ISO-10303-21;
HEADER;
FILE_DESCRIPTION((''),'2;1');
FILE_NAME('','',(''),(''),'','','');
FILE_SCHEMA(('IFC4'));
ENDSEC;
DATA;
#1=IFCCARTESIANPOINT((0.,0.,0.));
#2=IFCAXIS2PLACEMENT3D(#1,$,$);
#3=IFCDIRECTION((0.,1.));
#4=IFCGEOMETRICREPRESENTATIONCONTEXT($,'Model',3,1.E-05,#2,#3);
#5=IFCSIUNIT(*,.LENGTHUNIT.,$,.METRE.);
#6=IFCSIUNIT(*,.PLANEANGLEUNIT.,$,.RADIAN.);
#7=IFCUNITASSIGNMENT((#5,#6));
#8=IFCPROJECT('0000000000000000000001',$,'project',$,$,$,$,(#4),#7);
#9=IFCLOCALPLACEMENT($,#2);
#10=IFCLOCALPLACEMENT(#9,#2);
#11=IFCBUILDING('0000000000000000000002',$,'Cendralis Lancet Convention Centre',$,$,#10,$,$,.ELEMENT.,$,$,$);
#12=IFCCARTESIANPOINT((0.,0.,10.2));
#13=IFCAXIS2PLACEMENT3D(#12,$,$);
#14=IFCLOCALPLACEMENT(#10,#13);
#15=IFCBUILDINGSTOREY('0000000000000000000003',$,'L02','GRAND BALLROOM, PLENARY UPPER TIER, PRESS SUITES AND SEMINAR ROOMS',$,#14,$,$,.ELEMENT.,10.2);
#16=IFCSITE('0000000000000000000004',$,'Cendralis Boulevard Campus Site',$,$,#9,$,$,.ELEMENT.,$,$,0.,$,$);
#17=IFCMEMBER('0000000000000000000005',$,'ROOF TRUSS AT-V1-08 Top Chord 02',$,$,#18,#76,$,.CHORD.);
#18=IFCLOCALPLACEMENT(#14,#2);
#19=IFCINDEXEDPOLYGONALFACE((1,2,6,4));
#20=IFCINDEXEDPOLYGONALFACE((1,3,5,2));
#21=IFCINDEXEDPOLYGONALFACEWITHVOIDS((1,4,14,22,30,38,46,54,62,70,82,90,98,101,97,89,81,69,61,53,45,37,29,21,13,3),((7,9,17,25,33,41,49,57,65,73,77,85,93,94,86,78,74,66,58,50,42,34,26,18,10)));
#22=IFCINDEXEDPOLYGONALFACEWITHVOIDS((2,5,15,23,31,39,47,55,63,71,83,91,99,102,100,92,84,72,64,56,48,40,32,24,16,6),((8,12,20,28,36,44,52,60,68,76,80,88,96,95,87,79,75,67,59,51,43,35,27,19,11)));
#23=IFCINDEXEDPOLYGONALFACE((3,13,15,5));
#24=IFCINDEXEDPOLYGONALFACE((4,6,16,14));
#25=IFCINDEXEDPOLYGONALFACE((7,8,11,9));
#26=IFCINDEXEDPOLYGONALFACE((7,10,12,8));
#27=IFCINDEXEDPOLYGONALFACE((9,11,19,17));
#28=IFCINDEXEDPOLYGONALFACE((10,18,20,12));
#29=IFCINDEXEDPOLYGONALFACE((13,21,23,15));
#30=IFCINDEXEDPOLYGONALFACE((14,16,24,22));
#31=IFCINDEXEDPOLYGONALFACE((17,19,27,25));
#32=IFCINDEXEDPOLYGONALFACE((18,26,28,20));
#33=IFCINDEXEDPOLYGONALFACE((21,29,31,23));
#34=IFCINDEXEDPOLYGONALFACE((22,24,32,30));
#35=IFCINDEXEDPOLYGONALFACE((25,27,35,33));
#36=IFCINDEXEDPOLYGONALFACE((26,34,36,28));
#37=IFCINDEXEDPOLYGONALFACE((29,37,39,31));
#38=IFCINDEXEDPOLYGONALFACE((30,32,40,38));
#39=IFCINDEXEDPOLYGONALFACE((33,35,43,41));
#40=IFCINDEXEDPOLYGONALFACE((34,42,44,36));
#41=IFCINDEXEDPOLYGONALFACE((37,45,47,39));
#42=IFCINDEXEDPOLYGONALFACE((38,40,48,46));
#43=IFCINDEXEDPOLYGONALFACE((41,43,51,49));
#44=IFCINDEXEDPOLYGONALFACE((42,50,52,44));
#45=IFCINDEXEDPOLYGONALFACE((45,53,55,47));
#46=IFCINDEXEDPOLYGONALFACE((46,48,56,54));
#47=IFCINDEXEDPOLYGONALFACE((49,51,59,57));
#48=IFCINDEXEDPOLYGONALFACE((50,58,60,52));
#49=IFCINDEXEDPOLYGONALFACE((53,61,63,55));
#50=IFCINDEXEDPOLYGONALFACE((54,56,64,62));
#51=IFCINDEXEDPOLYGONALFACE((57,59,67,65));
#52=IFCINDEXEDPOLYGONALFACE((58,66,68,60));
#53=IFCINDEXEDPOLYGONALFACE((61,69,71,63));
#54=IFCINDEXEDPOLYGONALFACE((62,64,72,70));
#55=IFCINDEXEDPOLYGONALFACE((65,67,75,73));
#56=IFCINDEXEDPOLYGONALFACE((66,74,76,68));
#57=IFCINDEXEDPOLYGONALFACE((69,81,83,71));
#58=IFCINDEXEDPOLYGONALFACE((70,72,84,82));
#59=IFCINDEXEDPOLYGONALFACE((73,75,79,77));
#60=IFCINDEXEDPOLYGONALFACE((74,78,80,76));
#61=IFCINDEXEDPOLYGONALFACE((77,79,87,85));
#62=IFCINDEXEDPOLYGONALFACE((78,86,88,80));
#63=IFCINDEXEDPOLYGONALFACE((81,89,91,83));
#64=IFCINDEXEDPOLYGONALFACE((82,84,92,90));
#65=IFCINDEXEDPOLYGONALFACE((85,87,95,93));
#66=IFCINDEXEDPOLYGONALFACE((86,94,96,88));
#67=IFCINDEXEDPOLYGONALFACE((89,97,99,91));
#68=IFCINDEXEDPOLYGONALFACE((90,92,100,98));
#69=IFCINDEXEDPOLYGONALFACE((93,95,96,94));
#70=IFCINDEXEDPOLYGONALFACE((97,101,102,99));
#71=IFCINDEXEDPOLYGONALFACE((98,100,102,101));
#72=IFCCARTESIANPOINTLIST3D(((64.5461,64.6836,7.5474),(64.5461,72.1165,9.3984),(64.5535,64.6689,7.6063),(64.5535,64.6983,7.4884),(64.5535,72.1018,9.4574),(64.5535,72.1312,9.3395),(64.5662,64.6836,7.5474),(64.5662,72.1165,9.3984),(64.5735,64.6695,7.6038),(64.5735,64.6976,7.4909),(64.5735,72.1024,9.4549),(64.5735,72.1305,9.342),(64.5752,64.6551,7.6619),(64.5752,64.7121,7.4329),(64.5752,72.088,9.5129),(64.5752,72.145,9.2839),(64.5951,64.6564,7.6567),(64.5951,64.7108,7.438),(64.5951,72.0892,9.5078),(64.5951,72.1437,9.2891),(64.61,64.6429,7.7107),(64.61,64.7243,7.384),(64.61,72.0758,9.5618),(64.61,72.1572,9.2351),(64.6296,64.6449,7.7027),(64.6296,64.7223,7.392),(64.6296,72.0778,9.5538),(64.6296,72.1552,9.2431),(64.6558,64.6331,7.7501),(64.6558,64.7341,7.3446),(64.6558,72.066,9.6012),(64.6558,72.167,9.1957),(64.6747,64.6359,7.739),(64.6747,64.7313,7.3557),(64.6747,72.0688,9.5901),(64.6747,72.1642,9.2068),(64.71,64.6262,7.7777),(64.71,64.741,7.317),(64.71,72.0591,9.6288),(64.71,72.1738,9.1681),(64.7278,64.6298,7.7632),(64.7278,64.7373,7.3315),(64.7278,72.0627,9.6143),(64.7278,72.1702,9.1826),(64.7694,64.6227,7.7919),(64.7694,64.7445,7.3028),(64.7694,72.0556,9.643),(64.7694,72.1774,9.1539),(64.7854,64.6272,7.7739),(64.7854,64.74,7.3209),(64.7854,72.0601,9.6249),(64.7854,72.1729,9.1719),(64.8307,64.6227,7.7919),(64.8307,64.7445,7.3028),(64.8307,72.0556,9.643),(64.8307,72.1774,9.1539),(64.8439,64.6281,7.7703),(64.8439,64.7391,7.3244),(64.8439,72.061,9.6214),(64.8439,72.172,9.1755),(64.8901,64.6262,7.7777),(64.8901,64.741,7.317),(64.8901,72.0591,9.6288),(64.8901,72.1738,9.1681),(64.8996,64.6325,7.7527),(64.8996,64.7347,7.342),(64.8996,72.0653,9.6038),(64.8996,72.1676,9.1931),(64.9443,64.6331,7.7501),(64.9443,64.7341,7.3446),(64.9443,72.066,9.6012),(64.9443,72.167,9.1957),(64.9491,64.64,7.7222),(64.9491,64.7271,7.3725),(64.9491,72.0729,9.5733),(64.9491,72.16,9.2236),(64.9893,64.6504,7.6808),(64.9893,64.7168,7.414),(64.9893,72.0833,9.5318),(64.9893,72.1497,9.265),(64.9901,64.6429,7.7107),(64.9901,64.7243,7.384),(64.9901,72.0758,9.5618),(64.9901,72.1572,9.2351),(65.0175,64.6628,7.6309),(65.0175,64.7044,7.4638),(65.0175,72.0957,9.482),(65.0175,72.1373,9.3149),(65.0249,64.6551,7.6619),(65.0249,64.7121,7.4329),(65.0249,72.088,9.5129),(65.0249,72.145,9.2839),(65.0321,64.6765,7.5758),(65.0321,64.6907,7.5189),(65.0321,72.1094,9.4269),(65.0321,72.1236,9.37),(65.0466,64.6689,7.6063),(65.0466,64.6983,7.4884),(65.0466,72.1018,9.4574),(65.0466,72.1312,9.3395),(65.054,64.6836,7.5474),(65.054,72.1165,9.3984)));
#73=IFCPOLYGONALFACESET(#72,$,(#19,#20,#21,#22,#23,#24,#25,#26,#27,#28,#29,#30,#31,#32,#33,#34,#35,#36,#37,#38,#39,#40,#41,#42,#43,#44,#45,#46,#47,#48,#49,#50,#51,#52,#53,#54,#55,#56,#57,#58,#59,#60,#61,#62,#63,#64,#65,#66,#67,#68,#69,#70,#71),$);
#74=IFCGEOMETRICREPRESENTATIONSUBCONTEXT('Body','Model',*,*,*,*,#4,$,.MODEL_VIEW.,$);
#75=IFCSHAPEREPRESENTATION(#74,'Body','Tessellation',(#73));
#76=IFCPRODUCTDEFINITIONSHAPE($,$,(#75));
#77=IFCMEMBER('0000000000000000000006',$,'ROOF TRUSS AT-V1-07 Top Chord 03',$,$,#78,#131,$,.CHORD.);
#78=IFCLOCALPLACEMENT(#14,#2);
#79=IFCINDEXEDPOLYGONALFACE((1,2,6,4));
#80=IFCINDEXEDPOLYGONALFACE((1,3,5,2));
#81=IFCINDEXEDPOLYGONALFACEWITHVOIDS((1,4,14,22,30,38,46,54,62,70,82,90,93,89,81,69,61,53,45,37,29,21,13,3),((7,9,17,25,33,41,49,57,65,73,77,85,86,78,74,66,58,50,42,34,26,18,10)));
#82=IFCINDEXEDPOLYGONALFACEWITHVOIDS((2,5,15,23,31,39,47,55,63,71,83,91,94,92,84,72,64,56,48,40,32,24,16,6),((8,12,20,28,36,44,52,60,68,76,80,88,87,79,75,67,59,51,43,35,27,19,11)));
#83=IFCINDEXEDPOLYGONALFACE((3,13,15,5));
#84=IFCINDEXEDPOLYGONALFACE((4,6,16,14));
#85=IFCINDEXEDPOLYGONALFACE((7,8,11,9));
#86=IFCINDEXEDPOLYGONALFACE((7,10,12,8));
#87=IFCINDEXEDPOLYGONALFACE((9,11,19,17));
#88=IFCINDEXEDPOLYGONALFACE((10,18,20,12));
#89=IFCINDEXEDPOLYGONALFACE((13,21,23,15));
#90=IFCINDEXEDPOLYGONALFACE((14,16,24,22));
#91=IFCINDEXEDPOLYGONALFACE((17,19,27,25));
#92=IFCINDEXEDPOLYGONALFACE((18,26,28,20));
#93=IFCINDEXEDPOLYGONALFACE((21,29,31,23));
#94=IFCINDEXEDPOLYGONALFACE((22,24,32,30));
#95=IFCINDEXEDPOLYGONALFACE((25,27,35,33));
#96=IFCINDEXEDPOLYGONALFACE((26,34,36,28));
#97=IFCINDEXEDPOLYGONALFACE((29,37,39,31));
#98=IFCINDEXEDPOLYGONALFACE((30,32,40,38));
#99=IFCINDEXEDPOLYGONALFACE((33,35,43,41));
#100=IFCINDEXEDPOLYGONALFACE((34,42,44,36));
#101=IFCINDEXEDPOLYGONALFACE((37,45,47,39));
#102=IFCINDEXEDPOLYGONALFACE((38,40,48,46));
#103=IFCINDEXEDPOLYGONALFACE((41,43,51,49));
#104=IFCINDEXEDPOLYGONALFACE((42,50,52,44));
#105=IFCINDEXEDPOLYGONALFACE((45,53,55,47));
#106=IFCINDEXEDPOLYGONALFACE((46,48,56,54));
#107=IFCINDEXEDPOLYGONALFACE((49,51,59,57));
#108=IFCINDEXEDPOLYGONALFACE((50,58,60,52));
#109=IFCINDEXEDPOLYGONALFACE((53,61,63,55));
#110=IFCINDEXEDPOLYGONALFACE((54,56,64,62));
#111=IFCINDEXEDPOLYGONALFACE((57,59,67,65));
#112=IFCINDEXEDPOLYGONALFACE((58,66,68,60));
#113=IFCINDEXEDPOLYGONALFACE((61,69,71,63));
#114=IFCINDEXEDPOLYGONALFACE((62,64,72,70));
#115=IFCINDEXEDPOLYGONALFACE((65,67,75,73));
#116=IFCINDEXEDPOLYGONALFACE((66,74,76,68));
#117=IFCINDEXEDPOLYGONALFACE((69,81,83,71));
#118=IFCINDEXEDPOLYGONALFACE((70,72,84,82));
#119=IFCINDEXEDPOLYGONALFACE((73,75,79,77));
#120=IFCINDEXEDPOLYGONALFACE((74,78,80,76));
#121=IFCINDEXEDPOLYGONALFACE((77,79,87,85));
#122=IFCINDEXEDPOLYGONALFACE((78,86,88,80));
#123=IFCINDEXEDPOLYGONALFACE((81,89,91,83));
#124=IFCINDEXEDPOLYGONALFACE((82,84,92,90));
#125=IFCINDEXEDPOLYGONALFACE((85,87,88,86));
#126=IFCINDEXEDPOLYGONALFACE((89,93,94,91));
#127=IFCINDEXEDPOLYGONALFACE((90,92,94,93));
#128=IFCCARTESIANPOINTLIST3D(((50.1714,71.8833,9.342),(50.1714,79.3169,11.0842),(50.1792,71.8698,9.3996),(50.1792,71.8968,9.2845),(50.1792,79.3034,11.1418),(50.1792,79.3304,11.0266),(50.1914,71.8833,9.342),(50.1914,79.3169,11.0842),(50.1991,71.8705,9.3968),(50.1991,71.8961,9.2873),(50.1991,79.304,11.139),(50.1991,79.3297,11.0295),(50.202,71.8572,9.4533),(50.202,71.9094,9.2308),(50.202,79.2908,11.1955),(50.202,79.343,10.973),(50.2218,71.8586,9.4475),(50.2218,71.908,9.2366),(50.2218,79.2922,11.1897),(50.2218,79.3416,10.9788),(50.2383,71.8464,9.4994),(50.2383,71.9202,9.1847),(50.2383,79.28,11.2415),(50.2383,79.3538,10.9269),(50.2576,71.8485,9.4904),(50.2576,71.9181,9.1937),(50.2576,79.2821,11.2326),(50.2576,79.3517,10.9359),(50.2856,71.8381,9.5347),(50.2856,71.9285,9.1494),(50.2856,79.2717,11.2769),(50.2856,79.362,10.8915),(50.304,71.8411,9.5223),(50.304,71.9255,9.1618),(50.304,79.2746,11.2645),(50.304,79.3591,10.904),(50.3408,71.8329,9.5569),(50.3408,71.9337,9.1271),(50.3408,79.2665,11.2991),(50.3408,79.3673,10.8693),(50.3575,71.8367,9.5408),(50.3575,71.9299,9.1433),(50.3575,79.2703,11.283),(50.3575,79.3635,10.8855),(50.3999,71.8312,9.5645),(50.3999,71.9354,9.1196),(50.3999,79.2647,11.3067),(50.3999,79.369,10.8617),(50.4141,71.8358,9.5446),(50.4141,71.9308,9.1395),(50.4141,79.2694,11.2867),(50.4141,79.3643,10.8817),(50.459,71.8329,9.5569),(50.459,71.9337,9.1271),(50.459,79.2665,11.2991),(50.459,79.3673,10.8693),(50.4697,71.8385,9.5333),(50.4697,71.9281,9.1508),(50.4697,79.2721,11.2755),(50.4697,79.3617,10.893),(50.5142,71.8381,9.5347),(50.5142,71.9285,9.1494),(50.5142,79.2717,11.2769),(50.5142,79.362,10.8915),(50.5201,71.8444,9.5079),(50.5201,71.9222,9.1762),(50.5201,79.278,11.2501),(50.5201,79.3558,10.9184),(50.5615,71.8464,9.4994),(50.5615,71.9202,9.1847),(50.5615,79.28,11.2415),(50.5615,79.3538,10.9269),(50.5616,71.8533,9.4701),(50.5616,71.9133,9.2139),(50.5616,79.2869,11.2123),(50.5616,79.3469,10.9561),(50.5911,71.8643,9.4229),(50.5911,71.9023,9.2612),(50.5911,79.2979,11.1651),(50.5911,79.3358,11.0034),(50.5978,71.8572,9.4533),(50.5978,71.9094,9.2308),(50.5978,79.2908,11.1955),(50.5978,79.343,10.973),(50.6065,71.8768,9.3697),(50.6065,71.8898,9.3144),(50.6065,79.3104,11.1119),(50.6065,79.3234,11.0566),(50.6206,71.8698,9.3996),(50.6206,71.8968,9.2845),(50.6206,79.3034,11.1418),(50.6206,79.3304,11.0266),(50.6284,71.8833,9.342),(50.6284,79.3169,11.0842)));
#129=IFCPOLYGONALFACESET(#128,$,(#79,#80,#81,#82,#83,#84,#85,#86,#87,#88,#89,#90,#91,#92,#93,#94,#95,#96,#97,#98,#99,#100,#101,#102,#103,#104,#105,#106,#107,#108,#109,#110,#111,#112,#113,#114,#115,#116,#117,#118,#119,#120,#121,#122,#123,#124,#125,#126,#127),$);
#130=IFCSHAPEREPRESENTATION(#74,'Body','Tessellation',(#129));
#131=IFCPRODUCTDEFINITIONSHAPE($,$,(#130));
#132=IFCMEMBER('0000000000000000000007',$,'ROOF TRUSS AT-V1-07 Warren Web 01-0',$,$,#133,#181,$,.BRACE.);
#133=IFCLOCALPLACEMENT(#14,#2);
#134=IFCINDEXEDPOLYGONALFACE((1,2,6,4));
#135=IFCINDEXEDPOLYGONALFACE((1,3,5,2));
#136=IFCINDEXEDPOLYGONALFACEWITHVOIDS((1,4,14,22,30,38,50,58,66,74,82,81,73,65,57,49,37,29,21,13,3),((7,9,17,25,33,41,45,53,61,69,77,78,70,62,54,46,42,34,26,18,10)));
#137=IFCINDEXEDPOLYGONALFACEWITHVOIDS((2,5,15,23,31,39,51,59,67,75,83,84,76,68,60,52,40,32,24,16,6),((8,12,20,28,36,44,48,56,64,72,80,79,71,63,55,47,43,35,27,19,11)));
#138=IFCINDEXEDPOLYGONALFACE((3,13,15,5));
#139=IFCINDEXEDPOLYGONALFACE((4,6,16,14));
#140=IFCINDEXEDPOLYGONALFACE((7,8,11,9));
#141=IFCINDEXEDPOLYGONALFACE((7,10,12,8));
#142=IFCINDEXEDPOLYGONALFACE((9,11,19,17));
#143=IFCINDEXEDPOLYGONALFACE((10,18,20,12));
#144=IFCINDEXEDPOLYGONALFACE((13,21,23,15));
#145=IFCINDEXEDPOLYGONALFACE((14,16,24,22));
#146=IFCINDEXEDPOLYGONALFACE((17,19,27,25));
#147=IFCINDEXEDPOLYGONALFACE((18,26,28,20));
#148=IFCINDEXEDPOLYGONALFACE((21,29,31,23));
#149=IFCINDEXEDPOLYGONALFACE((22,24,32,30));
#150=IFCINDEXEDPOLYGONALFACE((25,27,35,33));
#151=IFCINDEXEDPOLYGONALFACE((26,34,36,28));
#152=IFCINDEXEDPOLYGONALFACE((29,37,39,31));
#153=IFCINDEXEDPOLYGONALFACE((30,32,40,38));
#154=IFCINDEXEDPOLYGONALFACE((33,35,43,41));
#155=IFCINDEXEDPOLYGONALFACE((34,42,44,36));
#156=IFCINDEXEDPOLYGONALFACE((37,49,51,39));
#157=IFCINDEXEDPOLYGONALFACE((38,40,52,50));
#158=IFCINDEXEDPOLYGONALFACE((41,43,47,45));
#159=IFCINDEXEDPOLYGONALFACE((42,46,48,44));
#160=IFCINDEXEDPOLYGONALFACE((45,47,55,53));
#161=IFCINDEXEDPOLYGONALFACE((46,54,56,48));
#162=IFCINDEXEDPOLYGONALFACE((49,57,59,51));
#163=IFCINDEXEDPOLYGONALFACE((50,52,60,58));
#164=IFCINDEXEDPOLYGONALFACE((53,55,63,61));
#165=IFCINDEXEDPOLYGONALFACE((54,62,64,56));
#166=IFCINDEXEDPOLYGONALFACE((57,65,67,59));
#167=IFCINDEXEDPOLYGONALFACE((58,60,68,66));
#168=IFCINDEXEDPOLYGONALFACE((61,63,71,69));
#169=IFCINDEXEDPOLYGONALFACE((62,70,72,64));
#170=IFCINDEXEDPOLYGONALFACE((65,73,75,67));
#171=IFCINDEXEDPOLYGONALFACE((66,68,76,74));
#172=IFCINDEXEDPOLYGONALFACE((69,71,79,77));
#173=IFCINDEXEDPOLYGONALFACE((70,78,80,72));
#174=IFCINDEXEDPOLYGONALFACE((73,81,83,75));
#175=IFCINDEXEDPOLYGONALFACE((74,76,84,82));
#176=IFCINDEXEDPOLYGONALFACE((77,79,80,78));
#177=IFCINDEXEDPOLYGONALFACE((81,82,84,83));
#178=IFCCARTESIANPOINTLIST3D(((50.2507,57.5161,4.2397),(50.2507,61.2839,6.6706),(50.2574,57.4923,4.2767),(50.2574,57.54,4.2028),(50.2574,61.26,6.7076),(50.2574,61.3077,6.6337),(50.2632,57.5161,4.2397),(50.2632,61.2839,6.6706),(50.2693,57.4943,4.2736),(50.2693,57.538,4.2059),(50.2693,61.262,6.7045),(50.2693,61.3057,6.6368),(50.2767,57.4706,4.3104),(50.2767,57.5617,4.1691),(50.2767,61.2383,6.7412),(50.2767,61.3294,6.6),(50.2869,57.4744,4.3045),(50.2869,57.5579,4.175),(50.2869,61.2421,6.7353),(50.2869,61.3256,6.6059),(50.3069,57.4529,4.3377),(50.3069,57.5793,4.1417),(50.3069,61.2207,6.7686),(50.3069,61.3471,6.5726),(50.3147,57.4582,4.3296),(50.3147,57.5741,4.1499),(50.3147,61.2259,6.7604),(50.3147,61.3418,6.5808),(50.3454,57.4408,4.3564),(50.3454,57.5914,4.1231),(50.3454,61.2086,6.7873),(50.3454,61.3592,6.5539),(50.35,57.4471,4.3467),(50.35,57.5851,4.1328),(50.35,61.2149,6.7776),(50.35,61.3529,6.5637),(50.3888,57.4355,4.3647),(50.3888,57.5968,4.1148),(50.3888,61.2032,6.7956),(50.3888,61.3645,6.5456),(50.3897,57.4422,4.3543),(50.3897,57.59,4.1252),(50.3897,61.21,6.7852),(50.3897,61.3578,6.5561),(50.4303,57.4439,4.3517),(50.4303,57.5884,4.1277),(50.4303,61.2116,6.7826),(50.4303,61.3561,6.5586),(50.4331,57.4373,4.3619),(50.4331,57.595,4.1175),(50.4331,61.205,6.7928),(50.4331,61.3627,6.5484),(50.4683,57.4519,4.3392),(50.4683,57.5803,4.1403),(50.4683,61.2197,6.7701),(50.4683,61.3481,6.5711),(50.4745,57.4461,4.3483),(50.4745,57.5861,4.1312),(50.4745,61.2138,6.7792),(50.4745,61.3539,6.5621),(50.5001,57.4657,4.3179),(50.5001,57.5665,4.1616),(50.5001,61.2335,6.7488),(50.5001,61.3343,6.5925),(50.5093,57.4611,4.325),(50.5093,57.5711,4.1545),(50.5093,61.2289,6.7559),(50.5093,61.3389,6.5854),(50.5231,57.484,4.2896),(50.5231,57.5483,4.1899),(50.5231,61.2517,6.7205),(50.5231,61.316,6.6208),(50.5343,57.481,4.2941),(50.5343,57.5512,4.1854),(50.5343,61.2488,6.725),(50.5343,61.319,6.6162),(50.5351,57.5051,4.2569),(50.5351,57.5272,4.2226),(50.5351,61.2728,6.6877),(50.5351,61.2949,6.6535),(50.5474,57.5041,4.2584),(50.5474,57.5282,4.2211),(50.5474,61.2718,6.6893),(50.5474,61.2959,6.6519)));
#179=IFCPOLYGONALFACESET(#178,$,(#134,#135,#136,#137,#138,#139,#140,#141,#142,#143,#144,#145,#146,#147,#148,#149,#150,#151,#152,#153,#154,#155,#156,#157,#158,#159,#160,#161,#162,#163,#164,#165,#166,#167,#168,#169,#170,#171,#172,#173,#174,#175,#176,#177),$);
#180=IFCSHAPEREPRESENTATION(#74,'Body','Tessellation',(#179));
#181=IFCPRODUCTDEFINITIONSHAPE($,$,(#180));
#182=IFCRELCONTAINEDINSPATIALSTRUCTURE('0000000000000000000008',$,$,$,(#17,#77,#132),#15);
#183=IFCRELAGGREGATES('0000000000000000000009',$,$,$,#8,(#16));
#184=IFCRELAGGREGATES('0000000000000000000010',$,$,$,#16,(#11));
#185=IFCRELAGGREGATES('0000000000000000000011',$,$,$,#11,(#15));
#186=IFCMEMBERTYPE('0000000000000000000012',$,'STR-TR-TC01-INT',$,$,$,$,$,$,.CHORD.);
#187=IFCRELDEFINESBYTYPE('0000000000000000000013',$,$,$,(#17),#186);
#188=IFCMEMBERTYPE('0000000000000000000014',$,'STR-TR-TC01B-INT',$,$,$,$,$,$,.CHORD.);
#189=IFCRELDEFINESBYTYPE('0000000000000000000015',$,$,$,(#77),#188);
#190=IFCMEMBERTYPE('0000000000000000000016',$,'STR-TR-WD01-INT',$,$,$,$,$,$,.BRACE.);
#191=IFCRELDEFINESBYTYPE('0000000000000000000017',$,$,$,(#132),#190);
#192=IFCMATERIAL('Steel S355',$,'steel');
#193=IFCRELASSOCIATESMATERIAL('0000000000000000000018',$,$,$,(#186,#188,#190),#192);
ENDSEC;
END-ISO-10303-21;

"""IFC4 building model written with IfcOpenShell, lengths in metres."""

from ifc_helpers import new_model, si_unit, direction, frame, origin, origin_2d, place, context, subcontext, project, spatial, hollow_circle, extrude, material, material_profile, profile_set, type_object, element, save


model = new_model("IFC4")

# Units and contexts
model_context = context("Model", 3, precision=1e-05, world=origin(), true_north=direction((0.0, 1.0)))
body_context = subcontext(model_context, "Body", "Model", "MODEL_VIEW")
ifc_project = project(units=[si_unit("LENGTHUNIT", "METRE"), si_unit("PLANEANGLEUNIT", "RADIAN")], contexts=[model_context])

# Site, building, storey
site_placement = place(None, origin())
site = spatial("IfcSite", under=ifc_project, at=site_placement, Name="Cendralis Boulevard Campus Site", CompositionType="ELEMENT", RefElevation=0.0)
building_placement = place(site_placement, origin())
building = spatial("IfcBuilding", under=site, at=building_placement, Name="Cendralis Lancet Convention Centre", CompositionType="ELEMENT")
storey_placement = place(building_placement, frame((0.0, 0.0, 10.2)))
storey = spatial("IfcBuildingStorey", under=building, at=storey_placement, Name="L02", Description="GRAND BALLROOM, PLENARY UPPER TIER, PRESS SUITES AND SEMINAR ROOMS", CompositionType="ELEMENT", Elevation=10.2)

# Members
ifc_material = material(Name="Steel S355", Category="steel")
ifc_material_profile_1 = material_profile(ifc_material, hollow_circle(Radius=0.2539, WallThickness=0.02, at=origin_2d()), Name="CHS 508.0x20.0")
ifc_profile_set_1 = profile_set([ifc_material_profile_1], Name="Steel S355")
member_type_1 = type_object("IfcMemberType", Name="STR-TR-TC01-INT", PredefinedType="CHORD", material=ifc_profile_set_1)
member_1_placement = place(storey_placement, frame((64.8, 64.6836, 7.5474), z_axis=(0.0, 0.970361, 0.241658), x_axis=(-1.0, 0.0, 0.0)))
element("IfcMember", 1, at=member_1_placement, inside=storey, type_object=member_type_1, Name="ROOF TRUSS AT-V1-08 Top Chord 02", PredefinedType="CHORD", context=body_context, shape_type="SweptSolid", body=[
    extrude(hollow_circle(Radius=0.2539, WallThickness=0.02, at=origin_2d()), origin(), (0.0, 0.0, 1.0), 7.6599),
])
ifc_material_profile_2 = material_profile(ifc_material, hollow_circle(Radius=0.2285, WallThickness=0.02, at=origin_2d()), Name="CHS 457.0x20.0")
ifc_profile_set_2 = profile_set([ifc_material_profile_2], Name="Steel S355")
member_type_2 = type_object("IfcMemberType", Name="STR-TR-TC01B-INT", PredefinedType="CHORD", material=ifc_profile_set_2)
member_2_placement = place(storey_placement, frame((50.3999, 71.8833, 9.342), z_axis=(0.0, 0.973618, 0.228184), x_axis=(-1.0, 0.0, 0.0)))
element("IfcMember", 2, at=member_2_placement, inside=storey, type_object=member_type_2, Name="ROOF TRUSS AT-V1-07 Top Chord 03", PredefinedType="CHORD", context=body_context, shape_type="SweptSolid", body=[
    extrude(hollow_circle(Radius=0.2285, WallThickness=0.02, at=origin_2d()), origin(), (0.0, 0.0, 1.0), 7.635),
])
ifc_material_profile_3 = material_profile(ifc_material, hollow_circle(Radius=0.1492, WallThickness=0.0125, at=origin_2d()), Name="CHS 298.5x12.5")
ifc_profile_set_3 = profile_set([ifc_material_profile_3], Name="Steel S355")
member_type_3 = type_object("IfcMemberType", Name="STR-TR-WD01-INT", PredefinedType="BRACE", material=ifc_profile_set_3)
member_3_placement = place(storey_placement, frame((50.3999, 57.5161, 4.2397), z_axis=(0.0, 0.840291, 0.542136), x_axis=(-1.0, 0.0, 0.0)))
element("IfcMember", 3, at=member_3_placement, inside=storey, type_object=member_type_3, Name="ROOF TRUSS AT-V1-07 Warren Web 01-0", PredefinedType="BRACE", context=body_context, shape_type="SweptSolid", body=[
    extrude(hollow_circle(Radius=0.1492, WallThickness=0.0125, at=origin_2d()), origin(), (0.0, 0.0, 1.0), 4.4839),
])

save(model, "model.ifc")
